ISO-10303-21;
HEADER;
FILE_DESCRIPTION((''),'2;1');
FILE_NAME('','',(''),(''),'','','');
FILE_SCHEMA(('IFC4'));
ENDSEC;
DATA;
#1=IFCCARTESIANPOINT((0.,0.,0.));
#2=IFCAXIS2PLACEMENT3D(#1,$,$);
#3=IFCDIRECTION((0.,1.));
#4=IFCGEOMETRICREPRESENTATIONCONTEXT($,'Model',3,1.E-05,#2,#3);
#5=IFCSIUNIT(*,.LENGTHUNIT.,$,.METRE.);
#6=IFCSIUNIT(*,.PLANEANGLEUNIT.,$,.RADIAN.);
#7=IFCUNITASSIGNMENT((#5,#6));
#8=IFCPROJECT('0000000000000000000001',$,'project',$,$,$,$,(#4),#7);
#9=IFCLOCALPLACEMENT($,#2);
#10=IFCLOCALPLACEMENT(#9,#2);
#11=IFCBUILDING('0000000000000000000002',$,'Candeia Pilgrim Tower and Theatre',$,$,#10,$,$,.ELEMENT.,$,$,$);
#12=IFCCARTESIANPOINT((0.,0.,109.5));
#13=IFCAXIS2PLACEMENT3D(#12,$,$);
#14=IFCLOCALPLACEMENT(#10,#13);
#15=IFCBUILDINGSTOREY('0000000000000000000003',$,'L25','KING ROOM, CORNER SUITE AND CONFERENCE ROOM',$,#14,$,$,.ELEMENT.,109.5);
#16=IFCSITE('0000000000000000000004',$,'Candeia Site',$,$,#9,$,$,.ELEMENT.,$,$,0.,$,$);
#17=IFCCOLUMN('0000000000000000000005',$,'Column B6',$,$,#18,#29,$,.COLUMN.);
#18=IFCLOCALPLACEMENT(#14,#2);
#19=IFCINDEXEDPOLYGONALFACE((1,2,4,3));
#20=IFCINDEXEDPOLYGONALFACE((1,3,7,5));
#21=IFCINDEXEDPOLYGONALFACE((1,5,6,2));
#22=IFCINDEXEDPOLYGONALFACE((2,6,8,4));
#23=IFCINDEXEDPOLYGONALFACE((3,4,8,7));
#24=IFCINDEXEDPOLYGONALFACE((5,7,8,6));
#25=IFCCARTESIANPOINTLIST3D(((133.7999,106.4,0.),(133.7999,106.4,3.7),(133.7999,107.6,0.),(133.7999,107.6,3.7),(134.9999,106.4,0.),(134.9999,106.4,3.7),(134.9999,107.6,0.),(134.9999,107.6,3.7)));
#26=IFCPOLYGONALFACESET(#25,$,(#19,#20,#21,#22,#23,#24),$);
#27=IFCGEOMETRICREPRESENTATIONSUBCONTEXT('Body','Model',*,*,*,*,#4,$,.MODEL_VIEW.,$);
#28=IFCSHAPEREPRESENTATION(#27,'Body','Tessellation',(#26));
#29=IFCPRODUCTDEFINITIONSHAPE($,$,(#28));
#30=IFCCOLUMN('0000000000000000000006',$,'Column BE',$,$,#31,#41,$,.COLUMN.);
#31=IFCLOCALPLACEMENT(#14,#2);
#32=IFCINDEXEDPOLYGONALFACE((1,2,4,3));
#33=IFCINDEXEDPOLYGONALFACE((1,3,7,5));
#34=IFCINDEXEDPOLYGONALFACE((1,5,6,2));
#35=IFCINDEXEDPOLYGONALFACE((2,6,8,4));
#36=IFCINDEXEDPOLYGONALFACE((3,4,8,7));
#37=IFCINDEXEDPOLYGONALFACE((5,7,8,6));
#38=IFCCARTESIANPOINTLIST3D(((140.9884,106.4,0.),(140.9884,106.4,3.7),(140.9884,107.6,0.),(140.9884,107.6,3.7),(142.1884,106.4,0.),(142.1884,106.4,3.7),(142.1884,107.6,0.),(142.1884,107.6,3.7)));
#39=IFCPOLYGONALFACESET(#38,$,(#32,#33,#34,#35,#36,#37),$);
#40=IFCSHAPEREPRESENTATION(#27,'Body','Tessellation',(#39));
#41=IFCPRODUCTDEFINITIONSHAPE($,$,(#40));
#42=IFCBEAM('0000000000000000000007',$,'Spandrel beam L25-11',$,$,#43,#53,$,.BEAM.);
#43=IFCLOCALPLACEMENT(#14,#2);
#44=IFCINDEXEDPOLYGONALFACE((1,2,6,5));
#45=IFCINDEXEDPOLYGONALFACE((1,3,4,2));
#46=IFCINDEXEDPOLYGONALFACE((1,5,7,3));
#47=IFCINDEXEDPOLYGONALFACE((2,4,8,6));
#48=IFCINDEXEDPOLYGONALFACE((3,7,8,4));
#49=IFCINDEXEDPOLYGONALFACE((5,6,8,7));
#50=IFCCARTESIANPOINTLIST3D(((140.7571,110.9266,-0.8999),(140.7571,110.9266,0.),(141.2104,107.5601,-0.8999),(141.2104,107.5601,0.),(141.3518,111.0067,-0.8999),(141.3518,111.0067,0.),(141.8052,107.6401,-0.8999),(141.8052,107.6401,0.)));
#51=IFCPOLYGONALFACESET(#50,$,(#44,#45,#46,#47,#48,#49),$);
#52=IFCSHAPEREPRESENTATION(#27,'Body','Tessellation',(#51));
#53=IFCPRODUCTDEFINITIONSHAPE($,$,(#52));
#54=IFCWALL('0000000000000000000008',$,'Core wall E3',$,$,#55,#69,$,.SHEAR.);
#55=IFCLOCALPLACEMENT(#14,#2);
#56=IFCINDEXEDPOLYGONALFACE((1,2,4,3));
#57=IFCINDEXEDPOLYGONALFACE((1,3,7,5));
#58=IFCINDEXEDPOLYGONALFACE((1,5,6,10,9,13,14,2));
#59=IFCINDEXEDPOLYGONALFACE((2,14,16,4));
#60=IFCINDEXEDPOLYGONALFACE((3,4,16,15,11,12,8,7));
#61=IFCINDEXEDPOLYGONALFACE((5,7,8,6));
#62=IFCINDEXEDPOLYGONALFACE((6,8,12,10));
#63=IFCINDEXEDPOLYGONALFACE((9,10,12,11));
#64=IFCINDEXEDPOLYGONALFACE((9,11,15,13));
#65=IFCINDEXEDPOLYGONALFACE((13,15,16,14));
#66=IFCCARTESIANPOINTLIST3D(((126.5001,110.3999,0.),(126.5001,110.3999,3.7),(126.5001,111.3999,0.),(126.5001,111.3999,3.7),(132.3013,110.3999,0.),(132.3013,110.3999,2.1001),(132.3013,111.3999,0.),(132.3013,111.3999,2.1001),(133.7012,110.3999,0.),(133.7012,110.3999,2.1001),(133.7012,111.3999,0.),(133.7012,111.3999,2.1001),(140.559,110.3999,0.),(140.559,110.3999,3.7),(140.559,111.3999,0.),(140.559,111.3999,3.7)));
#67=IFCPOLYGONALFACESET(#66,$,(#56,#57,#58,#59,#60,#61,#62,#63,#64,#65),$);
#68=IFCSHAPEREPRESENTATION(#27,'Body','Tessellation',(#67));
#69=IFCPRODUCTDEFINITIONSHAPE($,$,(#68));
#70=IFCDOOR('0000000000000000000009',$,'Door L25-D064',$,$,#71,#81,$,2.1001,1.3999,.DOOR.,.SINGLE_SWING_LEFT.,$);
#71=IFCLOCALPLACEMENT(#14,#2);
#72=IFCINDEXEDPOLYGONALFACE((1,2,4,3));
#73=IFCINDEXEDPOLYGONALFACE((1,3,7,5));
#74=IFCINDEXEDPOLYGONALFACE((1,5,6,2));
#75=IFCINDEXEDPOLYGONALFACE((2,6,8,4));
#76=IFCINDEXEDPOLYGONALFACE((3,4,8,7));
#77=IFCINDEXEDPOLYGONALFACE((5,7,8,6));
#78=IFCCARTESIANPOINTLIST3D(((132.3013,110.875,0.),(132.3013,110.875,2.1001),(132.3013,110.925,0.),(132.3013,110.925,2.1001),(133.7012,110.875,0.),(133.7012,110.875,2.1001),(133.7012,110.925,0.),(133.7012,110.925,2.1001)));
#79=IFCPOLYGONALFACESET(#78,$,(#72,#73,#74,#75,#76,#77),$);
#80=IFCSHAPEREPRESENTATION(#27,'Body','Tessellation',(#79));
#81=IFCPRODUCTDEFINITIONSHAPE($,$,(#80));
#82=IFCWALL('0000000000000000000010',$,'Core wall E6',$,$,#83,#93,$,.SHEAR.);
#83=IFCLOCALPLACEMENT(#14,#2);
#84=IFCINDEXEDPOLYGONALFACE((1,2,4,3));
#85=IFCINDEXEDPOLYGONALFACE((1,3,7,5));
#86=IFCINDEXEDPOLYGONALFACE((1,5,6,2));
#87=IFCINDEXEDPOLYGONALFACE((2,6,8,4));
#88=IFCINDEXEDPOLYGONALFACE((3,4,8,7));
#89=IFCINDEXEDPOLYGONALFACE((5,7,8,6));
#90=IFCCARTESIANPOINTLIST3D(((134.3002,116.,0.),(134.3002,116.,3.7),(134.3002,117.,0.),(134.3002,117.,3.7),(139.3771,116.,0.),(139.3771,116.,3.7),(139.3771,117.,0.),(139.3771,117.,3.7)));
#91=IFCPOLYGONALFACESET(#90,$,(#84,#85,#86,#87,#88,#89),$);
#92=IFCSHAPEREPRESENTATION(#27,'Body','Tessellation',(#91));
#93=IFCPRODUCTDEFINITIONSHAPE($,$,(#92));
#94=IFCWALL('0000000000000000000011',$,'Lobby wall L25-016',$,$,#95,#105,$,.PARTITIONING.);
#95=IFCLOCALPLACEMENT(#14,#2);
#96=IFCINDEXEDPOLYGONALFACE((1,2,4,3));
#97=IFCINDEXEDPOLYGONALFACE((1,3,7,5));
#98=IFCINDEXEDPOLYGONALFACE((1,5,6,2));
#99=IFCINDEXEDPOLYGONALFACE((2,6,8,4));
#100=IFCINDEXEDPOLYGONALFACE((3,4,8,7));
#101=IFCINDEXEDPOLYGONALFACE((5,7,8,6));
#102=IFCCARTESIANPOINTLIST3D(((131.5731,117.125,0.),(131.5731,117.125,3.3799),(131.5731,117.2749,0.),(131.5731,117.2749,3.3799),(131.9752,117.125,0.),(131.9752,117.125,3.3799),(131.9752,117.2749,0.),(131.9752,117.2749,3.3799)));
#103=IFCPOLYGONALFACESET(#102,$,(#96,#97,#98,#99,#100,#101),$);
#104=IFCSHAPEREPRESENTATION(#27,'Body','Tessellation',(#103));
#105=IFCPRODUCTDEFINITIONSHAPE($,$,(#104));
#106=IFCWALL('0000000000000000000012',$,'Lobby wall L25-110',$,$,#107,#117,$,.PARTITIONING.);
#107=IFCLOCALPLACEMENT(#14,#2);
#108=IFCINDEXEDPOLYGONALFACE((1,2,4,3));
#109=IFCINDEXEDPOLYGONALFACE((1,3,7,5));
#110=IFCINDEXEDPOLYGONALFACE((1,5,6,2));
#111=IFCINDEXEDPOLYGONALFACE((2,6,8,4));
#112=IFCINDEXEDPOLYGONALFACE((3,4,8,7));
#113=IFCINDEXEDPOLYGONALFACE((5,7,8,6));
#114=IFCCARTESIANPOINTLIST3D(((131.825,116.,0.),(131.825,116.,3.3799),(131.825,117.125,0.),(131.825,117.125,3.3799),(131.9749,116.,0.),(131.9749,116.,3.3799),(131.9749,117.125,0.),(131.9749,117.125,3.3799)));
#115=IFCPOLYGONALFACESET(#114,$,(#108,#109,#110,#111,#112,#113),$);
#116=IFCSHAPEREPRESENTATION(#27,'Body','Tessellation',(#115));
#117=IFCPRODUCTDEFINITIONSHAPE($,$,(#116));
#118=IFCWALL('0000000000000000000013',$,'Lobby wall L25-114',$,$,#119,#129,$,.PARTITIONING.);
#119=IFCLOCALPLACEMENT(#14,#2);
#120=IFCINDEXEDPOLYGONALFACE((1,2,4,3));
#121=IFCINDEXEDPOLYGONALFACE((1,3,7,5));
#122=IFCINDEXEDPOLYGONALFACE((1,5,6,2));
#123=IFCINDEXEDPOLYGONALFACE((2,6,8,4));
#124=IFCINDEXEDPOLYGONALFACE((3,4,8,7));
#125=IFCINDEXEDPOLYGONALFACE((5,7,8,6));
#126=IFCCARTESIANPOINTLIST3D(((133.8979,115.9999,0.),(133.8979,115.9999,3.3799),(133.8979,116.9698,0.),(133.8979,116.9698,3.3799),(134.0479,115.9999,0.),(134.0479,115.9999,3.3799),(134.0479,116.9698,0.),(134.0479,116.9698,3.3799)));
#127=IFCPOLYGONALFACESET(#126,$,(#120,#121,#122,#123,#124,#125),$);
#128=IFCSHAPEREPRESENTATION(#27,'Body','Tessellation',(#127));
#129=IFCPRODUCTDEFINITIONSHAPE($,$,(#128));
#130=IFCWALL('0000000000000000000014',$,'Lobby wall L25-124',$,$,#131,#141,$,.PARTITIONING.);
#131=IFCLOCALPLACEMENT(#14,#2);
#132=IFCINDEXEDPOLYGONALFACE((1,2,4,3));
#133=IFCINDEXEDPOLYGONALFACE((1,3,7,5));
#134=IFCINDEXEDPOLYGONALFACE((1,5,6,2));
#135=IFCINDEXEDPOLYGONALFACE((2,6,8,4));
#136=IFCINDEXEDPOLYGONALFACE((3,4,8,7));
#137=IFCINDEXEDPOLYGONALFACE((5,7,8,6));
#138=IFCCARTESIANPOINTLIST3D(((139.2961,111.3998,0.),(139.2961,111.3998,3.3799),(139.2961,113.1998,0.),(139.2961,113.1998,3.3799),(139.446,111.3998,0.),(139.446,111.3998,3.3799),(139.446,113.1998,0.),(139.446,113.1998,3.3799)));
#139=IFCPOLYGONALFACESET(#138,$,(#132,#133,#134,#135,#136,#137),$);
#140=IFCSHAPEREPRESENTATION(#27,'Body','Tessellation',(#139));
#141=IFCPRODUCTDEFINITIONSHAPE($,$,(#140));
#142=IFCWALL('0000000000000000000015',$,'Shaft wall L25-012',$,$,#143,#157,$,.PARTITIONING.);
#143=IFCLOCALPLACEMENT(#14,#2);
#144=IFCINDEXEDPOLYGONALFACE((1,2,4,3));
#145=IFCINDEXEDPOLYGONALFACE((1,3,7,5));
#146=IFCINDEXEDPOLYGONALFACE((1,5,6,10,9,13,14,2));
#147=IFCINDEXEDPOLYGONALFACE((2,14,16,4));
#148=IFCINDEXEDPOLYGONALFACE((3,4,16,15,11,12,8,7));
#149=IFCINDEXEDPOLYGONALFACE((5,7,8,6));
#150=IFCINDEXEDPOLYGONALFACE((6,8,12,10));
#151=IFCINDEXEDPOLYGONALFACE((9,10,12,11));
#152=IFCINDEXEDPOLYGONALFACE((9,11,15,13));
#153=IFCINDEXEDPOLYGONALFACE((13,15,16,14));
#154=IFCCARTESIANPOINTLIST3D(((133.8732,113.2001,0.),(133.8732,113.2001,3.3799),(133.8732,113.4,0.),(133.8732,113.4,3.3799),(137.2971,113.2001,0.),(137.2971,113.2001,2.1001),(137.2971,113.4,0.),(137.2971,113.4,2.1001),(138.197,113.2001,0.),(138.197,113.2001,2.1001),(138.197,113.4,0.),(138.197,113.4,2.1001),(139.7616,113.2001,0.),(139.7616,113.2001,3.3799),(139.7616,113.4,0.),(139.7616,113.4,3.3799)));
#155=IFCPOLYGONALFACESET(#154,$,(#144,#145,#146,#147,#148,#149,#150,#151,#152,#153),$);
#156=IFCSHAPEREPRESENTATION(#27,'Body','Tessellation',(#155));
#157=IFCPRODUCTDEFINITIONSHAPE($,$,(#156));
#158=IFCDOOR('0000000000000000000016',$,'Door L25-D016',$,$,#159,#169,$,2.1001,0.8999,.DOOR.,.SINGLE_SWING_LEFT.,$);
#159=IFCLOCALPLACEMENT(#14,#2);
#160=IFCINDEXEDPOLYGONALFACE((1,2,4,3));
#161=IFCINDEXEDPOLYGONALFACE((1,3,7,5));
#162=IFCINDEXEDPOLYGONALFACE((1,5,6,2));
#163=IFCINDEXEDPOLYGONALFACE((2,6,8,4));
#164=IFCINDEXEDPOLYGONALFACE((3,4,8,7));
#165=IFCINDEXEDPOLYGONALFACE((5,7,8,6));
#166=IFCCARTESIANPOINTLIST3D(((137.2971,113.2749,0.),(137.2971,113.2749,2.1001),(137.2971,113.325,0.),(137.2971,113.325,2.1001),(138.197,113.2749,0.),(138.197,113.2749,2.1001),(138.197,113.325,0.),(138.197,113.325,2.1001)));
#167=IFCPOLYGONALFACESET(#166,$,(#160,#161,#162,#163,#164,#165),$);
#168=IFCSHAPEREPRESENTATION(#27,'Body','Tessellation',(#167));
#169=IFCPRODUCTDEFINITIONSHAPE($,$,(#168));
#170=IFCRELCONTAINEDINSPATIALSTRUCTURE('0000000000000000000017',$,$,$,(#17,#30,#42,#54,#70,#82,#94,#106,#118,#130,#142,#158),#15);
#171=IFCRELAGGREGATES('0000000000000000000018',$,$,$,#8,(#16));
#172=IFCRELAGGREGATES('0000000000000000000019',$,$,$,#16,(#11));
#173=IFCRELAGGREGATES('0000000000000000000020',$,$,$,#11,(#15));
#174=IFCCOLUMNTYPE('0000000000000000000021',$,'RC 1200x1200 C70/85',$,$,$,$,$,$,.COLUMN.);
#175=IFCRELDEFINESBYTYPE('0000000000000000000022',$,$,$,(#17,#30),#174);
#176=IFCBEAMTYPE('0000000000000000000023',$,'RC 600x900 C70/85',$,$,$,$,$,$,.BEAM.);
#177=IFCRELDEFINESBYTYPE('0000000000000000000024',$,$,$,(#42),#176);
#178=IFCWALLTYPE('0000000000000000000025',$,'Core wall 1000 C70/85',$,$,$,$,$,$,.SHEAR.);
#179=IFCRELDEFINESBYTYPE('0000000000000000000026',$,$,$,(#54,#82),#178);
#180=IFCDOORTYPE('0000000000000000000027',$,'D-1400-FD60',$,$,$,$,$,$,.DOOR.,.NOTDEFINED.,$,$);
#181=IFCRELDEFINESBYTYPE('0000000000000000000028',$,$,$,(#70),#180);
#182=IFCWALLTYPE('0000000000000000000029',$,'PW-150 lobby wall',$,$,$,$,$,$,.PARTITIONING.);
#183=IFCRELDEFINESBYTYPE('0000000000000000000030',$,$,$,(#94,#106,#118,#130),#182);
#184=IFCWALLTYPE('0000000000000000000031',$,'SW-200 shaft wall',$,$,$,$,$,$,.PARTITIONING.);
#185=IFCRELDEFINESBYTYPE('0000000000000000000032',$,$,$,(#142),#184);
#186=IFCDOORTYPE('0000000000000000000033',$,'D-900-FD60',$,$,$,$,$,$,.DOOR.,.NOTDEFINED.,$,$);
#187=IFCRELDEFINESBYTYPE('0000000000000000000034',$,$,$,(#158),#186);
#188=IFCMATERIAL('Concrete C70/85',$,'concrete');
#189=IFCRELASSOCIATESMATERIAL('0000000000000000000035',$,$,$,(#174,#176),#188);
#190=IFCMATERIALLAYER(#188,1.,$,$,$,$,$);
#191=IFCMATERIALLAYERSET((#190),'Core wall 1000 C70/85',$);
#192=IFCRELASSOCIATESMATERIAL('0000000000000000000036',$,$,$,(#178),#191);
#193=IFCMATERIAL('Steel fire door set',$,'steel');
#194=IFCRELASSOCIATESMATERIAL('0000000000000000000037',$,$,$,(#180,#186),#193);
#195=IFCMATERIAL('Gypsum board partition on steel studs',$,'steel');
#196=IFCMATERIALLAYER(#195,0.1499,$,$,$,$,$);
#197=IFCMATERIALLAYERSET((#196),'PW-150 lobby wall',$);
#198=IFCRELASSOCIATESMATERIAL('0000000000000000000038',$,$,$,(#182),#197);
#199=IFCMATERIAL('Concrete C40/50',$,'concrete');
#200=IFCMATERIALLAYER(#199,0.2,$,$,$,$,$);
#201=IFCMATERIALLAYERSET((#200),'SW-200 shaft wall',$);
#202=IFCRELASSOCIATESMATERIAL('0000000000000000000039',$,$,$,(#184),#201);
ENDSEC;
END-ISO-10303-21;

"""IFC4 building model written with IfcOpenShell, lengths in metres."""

from ifc_helpers import new_model, si_unit, direction, frame, frame_2d, origin, origin_2d, place, context, subcontext, project, spatial, rectangle, extrude, material, layer, layer_set, material_profile, profile_set, type_object, element, fill, save


model = new_model("IFC4")

# Units and contexts
model_context = context("Model", 3, precision=1e-05, world=origin(), true_north=direction((0.0, 1.0)))
body_context = subcontext(model_context, "Body", "Model", "MODEL_VIEW")
ifc_project = project(units=[si_unit("LENGTHUNIT", "METRE"), si_unit("PLANEANGLEUNIT", "RADIAN")], contexts=[model_context])

# Site, building, storey
site_placement = place(None, origin())
site = spatial("IfcSite", under=ifc_project, at=site_placement, Name="Candeia Site", CompositionType="ELEMENT", RefElevation=0.0)
building_placement = place(site_placement, origin())
building = spatial("IfcBuilding", under=site, at=building_placement, Name="Candeia Pilgrim Tower and Theatre", CompositionType="ELEMENT")
storey_placement = place(building_placement, frame((0.0, 0.0, 109.5)))
storey = spatial("IfcBuildingStorey", under=building, at=storey_placement, Name="L25", Description="KING ROOM, CORNER SUITE AND CONFERENCE ROOM", CompositionType="ELEMENT", Elevation=109.5)

# Columns
ifc_material_1 = material(Name="Concrete C70/85", Category="concrete")
ifc_material_profile_1 = material_profile(ifc_material_1, rectangle(XDim=1.2, YDim=1.2, at=origin_2d()))
ifc_profile_set_1 = profile_set([ifc_material_profile_1], Name="Concrete C70/85")
column_type = type_object("IfcColumnType", Name="RC 1200x1200 C70/85", PredefinedType="COLUMN", material=ifc_profile_set_1)
for number, where, z_axis, x_axis, name in (
    (1, (134.3999, 107.0, 0.0), (0.0, 0.0, 1.0), (1.0, 0.0, 0.0), "Column B6"),
    (2, (141.5884, 107.0, 0.0), (0.0, 0.0, 1.0), (1.0, 0.0, 0.0), "Column BE"),
):
    element("IfcColumn", number, at=place(storey_placement, frame(where, z_axis=z_axis, x_axis=x_axis)), inside=storey, type_object=column_type, Name=name, PredefinedType="COLUMN", context=body_context, shape_type="SweptSolid", body=[
        extrude(rectangle(XDim=1.2, YDim=1.2, at=origin_2d()), origin(), (0.0, 0.0, 1.0), 3.7),
    ])

# Beam
ifc_material_profile_2 = material_profile(ifc_material_1, rectangle(XDim=0.6001, YDim=0.8999, at=origin_2d()))
ifc_profile_set_2 = profile_set([ifc_material_profile_2], Name="Concrete C70/85")
beam_type = type_object("IfcBeamType", Name="RC 600x900 C70/85", PredefinedType="BEAM", material=ifc_profile_set_2)
beam_placement = place(storey_placement, frame((141.5078, 107.6001, -0.45), z_axis=(-0.133458, 0.991054, 0.0), x_axis=(-0.991054, -0.133458, 0.0)))
element("IfcBeam", 3, at=beam_placement, inside=storey, type_object=beam_type, Name="Spandrel beam L25-11", PredefinedType="BEAM", context=body_context, shape_type="SweptSolid", body=[
    extrude(rectangle(XDim=0.6001, YDim=0.8999, at=origin_2d()), origin(), (0.0, 0.0, 1.0), 3.397),
])

# Wall, opening, door
ifc_layer_1 = layer(ifc_material_1, 1.0)
ifc_layer_set_1 = layer_set([ifc_layer_1], Name="Core wall 1000 C70/85")
wall_type_1 = type_object("IfcWallType", Name="Core wall 1000 C70/85", PredefinedType="SHEAR", material=ifc_layer_set_1)
wall_1_placement = place(storey_placement, frame((140.5588, 110.8999, 0.0), z_axis=(0.0, 0.0, 1.0), x_axis=(-1.0, 0.0, 0.0)))
wall_1 = element("IfcWall", 4, at=wall_1_placement, inside=storey, type_object=wall_type_1, Name="Core wall E3", PredefinedType="SHEAR", context=body_context, shape_type="SweptSolid", body=[
    extrude(rectangle(XDim=14.0588, YDim=1.0, at=frame_2d((7.0293, 0.0))), origin(), (0.0, 0.0, 1.0), 3.7),
])
opening_1_placement = place(wall_1_placement, frame((6.8577, 0.0, 0.0)))
opening_1 = element("IfcOpeningElement", 5, at=opening_1_placement, cuts=wall_1, PredefinedType="OPENING", context=body_context, shape_type="SweptSolid", body=[
    extrude(rectangle(XDim=1.3999, YDim=2.1001, at=frame_2d((0.7, 1.05))), frame((0.0, 0.51, 0.0), z_axis=(0.0, -1.0, 0.0), x_axis=(1.0, 0.0, 0.0)), (0.0, 0.0, 1.0), 1.02),
])
ifc_material_2 = material(Name="Steel fire door set", Category="steel")
door_type_1 = type_object("IfcDoorType", Name="D-1400-FD60", OperationType="NOTDEFINED", PredefinedType="DOOR", material=ifc_material_2)
door_1_placement = place(opening_1_placement, origin())
door_1 = element("IfcDoor", 6, at=door_1_placement, inside=storey, type_object=door_type_1, Name="Door L25-D064", OperationType="SINGLE_SWING_LEFT", OverallHeight=2.1001, OverallWidth=1.3999, PredefinedType="DOOR", context=body_context, shape_type="SweptSolid", body=[
    extrude(rectangle(XDim=1.3999, YDim=2.1001, at=frame_2d((0.7, 1.05))), frame((0.0, 0.0249, 0.0), z_axis=(0.0, -1.0, 0.0), x_axis=(1.0, 0.0, 0.0)), (0.0, 0.0, 1.0), 0.05),
])
fill(opening_1, door_1)

# Walls
wall_2_placement = place(storey_placement, frame((134.3, 116.5, 0.0), z_axis=(0.0, 0.0, 1.0), x_axis=(1.0, 0.0, 0.0)))
element("IfcWall", 7, at=wall_2_placement, inside=storey, type_object=wall_type_1, Name="Core wall E6", PredefinedType="SHEAR", context=body_context, shape_type="SweptSolid", body=[
    extrude(rectangle(XDim=5.0769, YDim=1.0, at=frame_2d((2.5386, 0.0))), origin(), (0.0, 0.0, 1.0), 3.7),
])
ifc_material_3 = material(Name="Gypsum board partition on steel studs", Category="steel")
ifc_layer_2 = layer(ifc_material_3, 0.1499)
ifc_layer_set_2 = layer_set([ifc_layer_2], Name="PW-150 lobby wall")
wall_type_2 = type_object("IfcWallType", Name="PW-150 lobby wall", PredefinedType="PARTITIONING", material=ifc_layer_set_2)
wall_3_placement = place(storey_placement, frame((131.573, 117.2, 0.0), z_axis=(0.0, 0.0, 1.0), x_axis=(1.0, 0.0, 0.0)))
element("IfcWall", 8, at=wall_3_placement, inside=storey, type_object=wall_type_2, Name="Lobby wall L25-016", PredefinedType="PARTITIONING", context=body_context, shape_type="SweptSolid", body=[
    extrude(rectangle(XDim=0.4021, YDim=0.1499, at=frame_2d((0.2012, 0.0))), origin(), (0.0, 0.0, 1.0), 3.3799),
])
wall_4_placement = place(storey_placement, frame((131.8999, 116.0, 0.0), z_axis=(0.0, 0.0, 1.0), x_axis=(0.0, 1.0, 0.0)))
element("IfcWall", 9, at=wall_4_placement, inside=storey, type_object=wall_type_2, Name="Lobby wall L25-110", PredefinedType="PARTITIONING", context=body_context, shape_type="SweptSolid", body=[
    extrude(rectangle(XDim=1.125, YDim=0.1499, at=frame_2d((0.5625, 0.0))), origin(), (0.0, 0.0, 1.0), 3.3799),
])
wall_5_placement = place(storey_placement, frame((133.9729, 116.0, 0.0), z_axis=(0.0, 0.0, 1.0), x_axis=(0.0, 1.0, 0.0)))
element("IfcWall", 10, at=wall_5_placement, inside=storey, type_object=wall_type_2, Name="Lobby wall L25-114", PredefinedType="PARTITIONING", context=body_context, shape_type="SweptSolid", body=[
    extrude(rectangle(XDim=0.97, YDim=0.1499, at=frame_2d((0.4849, 0.0))), origin(), (0.0, 0.0, 1.0), 3.3799),
])
wall_6_placement = place(storey_placement, frame((139.3711, 111.3999, 0.0), z_axis=(0.0, 0.0, 1.0), x_axis=(0.0, 1.0, 0.0)))
element("IfcWall", 11, at=wall_6_placement, inside=storey, type_object=wall_type_2, Name="Lobby wall L25-124", PredefinedType="PARTITIONING", context=body_context, shape_type="SweptSolid", body=[
    extrude(rectangle(XDim=1.8, YDim=0.1499, at=frame_2d((0.8999, 0.0))), origin(), (0.0, 0.0, 1.0), 3.3799),
])

# Wall, opening, door
ifc_material_4 = material(Name="Concrete C40/50", Category="concrete")
ifc_layer_3 = layer(ifc_material_4, 0.2)
ifc_layer_set_3 = layer_set([ifc_layer_3], Name="SW-200 shaft wall")
wall_type_3 = type_object("IfcWallType", Name="SW-200 shaft wall", PredefinedType="PARTITIONING", material=ifc_layer_set_3)
wall_7_placement = place(storey_placement, frame((133.873, 113.3, 0.0), z_axis=(0.0, 0.0, 1.0), x_axis=(1.0, 0.0, 0.0)))
wall_7 = element("IfcWall", 12, at=wall_7_placement, inside=storey, type_object=wall_type_3, Name="Shaft wall L25-012", PredefinedType="PARTITIONING", context=body_context, shape_type="SweptSolid", body=[
    extrude(rectangle(XDim=5.8884, YDim=0.2, at=frame_2d((2.9443, 0.0))), origin(), (0.0, 0.0, 1.0), 3.3799),
])
opening_2_placement = place(wall_7_placement, frame((3.4241, 0.0, 0.0)))
opening_2 = element("IfcOpeningElement", 13, at=opening_2_placement, cuts=wall_7, PredefinedType="OPENING", context=body_context, shape_type="SweptSolid", body=[
    extrude(rectangle(XDim=0.8999, YDim=2.1001, at=frame_2d((0.45, 1.05))), frame((0.0, 0.1099, 0.0), z_axis=(0.0, -1.0, 0.0), x_axis=(1.0, 0.0, 0.0)), (0.0, 0.0, 1.0), 0.22),
])
door_type_2 = type_object("IfcDoorType", Name="D-900-FD60", OperationType="NOTDEFINED", PredefinedType="DOOR", material=ifc_material_2)
door_2_placement = place(opening_2_placement, origin())
door_2 = element("IfcDoor", 14, at=door_2_placement, inside=storey, type_object=door_type_2, Name="Door L25-D016", OperationType="SINGLE_SWING_LEFT", OverallHeight=2.1001, OverallWidth=0.8999, PredefinedType="DOOR", context=body_context, shape_type="SweptSolid", body=[
    extrude(rectangle(XDim=0.8999, YDim=2.1001, at=frame_2d((0.45, 1.05))), frame((0.0, 0.0249, 0.0), z_axis=(0.0, -1.0, 0.0), x_axis=(1.0, 0.0, 0.0)), (0.0, 0.0, 1.0), 0.05),
])
fill(opening_2, door_2)

save(model, "model.ifc")
